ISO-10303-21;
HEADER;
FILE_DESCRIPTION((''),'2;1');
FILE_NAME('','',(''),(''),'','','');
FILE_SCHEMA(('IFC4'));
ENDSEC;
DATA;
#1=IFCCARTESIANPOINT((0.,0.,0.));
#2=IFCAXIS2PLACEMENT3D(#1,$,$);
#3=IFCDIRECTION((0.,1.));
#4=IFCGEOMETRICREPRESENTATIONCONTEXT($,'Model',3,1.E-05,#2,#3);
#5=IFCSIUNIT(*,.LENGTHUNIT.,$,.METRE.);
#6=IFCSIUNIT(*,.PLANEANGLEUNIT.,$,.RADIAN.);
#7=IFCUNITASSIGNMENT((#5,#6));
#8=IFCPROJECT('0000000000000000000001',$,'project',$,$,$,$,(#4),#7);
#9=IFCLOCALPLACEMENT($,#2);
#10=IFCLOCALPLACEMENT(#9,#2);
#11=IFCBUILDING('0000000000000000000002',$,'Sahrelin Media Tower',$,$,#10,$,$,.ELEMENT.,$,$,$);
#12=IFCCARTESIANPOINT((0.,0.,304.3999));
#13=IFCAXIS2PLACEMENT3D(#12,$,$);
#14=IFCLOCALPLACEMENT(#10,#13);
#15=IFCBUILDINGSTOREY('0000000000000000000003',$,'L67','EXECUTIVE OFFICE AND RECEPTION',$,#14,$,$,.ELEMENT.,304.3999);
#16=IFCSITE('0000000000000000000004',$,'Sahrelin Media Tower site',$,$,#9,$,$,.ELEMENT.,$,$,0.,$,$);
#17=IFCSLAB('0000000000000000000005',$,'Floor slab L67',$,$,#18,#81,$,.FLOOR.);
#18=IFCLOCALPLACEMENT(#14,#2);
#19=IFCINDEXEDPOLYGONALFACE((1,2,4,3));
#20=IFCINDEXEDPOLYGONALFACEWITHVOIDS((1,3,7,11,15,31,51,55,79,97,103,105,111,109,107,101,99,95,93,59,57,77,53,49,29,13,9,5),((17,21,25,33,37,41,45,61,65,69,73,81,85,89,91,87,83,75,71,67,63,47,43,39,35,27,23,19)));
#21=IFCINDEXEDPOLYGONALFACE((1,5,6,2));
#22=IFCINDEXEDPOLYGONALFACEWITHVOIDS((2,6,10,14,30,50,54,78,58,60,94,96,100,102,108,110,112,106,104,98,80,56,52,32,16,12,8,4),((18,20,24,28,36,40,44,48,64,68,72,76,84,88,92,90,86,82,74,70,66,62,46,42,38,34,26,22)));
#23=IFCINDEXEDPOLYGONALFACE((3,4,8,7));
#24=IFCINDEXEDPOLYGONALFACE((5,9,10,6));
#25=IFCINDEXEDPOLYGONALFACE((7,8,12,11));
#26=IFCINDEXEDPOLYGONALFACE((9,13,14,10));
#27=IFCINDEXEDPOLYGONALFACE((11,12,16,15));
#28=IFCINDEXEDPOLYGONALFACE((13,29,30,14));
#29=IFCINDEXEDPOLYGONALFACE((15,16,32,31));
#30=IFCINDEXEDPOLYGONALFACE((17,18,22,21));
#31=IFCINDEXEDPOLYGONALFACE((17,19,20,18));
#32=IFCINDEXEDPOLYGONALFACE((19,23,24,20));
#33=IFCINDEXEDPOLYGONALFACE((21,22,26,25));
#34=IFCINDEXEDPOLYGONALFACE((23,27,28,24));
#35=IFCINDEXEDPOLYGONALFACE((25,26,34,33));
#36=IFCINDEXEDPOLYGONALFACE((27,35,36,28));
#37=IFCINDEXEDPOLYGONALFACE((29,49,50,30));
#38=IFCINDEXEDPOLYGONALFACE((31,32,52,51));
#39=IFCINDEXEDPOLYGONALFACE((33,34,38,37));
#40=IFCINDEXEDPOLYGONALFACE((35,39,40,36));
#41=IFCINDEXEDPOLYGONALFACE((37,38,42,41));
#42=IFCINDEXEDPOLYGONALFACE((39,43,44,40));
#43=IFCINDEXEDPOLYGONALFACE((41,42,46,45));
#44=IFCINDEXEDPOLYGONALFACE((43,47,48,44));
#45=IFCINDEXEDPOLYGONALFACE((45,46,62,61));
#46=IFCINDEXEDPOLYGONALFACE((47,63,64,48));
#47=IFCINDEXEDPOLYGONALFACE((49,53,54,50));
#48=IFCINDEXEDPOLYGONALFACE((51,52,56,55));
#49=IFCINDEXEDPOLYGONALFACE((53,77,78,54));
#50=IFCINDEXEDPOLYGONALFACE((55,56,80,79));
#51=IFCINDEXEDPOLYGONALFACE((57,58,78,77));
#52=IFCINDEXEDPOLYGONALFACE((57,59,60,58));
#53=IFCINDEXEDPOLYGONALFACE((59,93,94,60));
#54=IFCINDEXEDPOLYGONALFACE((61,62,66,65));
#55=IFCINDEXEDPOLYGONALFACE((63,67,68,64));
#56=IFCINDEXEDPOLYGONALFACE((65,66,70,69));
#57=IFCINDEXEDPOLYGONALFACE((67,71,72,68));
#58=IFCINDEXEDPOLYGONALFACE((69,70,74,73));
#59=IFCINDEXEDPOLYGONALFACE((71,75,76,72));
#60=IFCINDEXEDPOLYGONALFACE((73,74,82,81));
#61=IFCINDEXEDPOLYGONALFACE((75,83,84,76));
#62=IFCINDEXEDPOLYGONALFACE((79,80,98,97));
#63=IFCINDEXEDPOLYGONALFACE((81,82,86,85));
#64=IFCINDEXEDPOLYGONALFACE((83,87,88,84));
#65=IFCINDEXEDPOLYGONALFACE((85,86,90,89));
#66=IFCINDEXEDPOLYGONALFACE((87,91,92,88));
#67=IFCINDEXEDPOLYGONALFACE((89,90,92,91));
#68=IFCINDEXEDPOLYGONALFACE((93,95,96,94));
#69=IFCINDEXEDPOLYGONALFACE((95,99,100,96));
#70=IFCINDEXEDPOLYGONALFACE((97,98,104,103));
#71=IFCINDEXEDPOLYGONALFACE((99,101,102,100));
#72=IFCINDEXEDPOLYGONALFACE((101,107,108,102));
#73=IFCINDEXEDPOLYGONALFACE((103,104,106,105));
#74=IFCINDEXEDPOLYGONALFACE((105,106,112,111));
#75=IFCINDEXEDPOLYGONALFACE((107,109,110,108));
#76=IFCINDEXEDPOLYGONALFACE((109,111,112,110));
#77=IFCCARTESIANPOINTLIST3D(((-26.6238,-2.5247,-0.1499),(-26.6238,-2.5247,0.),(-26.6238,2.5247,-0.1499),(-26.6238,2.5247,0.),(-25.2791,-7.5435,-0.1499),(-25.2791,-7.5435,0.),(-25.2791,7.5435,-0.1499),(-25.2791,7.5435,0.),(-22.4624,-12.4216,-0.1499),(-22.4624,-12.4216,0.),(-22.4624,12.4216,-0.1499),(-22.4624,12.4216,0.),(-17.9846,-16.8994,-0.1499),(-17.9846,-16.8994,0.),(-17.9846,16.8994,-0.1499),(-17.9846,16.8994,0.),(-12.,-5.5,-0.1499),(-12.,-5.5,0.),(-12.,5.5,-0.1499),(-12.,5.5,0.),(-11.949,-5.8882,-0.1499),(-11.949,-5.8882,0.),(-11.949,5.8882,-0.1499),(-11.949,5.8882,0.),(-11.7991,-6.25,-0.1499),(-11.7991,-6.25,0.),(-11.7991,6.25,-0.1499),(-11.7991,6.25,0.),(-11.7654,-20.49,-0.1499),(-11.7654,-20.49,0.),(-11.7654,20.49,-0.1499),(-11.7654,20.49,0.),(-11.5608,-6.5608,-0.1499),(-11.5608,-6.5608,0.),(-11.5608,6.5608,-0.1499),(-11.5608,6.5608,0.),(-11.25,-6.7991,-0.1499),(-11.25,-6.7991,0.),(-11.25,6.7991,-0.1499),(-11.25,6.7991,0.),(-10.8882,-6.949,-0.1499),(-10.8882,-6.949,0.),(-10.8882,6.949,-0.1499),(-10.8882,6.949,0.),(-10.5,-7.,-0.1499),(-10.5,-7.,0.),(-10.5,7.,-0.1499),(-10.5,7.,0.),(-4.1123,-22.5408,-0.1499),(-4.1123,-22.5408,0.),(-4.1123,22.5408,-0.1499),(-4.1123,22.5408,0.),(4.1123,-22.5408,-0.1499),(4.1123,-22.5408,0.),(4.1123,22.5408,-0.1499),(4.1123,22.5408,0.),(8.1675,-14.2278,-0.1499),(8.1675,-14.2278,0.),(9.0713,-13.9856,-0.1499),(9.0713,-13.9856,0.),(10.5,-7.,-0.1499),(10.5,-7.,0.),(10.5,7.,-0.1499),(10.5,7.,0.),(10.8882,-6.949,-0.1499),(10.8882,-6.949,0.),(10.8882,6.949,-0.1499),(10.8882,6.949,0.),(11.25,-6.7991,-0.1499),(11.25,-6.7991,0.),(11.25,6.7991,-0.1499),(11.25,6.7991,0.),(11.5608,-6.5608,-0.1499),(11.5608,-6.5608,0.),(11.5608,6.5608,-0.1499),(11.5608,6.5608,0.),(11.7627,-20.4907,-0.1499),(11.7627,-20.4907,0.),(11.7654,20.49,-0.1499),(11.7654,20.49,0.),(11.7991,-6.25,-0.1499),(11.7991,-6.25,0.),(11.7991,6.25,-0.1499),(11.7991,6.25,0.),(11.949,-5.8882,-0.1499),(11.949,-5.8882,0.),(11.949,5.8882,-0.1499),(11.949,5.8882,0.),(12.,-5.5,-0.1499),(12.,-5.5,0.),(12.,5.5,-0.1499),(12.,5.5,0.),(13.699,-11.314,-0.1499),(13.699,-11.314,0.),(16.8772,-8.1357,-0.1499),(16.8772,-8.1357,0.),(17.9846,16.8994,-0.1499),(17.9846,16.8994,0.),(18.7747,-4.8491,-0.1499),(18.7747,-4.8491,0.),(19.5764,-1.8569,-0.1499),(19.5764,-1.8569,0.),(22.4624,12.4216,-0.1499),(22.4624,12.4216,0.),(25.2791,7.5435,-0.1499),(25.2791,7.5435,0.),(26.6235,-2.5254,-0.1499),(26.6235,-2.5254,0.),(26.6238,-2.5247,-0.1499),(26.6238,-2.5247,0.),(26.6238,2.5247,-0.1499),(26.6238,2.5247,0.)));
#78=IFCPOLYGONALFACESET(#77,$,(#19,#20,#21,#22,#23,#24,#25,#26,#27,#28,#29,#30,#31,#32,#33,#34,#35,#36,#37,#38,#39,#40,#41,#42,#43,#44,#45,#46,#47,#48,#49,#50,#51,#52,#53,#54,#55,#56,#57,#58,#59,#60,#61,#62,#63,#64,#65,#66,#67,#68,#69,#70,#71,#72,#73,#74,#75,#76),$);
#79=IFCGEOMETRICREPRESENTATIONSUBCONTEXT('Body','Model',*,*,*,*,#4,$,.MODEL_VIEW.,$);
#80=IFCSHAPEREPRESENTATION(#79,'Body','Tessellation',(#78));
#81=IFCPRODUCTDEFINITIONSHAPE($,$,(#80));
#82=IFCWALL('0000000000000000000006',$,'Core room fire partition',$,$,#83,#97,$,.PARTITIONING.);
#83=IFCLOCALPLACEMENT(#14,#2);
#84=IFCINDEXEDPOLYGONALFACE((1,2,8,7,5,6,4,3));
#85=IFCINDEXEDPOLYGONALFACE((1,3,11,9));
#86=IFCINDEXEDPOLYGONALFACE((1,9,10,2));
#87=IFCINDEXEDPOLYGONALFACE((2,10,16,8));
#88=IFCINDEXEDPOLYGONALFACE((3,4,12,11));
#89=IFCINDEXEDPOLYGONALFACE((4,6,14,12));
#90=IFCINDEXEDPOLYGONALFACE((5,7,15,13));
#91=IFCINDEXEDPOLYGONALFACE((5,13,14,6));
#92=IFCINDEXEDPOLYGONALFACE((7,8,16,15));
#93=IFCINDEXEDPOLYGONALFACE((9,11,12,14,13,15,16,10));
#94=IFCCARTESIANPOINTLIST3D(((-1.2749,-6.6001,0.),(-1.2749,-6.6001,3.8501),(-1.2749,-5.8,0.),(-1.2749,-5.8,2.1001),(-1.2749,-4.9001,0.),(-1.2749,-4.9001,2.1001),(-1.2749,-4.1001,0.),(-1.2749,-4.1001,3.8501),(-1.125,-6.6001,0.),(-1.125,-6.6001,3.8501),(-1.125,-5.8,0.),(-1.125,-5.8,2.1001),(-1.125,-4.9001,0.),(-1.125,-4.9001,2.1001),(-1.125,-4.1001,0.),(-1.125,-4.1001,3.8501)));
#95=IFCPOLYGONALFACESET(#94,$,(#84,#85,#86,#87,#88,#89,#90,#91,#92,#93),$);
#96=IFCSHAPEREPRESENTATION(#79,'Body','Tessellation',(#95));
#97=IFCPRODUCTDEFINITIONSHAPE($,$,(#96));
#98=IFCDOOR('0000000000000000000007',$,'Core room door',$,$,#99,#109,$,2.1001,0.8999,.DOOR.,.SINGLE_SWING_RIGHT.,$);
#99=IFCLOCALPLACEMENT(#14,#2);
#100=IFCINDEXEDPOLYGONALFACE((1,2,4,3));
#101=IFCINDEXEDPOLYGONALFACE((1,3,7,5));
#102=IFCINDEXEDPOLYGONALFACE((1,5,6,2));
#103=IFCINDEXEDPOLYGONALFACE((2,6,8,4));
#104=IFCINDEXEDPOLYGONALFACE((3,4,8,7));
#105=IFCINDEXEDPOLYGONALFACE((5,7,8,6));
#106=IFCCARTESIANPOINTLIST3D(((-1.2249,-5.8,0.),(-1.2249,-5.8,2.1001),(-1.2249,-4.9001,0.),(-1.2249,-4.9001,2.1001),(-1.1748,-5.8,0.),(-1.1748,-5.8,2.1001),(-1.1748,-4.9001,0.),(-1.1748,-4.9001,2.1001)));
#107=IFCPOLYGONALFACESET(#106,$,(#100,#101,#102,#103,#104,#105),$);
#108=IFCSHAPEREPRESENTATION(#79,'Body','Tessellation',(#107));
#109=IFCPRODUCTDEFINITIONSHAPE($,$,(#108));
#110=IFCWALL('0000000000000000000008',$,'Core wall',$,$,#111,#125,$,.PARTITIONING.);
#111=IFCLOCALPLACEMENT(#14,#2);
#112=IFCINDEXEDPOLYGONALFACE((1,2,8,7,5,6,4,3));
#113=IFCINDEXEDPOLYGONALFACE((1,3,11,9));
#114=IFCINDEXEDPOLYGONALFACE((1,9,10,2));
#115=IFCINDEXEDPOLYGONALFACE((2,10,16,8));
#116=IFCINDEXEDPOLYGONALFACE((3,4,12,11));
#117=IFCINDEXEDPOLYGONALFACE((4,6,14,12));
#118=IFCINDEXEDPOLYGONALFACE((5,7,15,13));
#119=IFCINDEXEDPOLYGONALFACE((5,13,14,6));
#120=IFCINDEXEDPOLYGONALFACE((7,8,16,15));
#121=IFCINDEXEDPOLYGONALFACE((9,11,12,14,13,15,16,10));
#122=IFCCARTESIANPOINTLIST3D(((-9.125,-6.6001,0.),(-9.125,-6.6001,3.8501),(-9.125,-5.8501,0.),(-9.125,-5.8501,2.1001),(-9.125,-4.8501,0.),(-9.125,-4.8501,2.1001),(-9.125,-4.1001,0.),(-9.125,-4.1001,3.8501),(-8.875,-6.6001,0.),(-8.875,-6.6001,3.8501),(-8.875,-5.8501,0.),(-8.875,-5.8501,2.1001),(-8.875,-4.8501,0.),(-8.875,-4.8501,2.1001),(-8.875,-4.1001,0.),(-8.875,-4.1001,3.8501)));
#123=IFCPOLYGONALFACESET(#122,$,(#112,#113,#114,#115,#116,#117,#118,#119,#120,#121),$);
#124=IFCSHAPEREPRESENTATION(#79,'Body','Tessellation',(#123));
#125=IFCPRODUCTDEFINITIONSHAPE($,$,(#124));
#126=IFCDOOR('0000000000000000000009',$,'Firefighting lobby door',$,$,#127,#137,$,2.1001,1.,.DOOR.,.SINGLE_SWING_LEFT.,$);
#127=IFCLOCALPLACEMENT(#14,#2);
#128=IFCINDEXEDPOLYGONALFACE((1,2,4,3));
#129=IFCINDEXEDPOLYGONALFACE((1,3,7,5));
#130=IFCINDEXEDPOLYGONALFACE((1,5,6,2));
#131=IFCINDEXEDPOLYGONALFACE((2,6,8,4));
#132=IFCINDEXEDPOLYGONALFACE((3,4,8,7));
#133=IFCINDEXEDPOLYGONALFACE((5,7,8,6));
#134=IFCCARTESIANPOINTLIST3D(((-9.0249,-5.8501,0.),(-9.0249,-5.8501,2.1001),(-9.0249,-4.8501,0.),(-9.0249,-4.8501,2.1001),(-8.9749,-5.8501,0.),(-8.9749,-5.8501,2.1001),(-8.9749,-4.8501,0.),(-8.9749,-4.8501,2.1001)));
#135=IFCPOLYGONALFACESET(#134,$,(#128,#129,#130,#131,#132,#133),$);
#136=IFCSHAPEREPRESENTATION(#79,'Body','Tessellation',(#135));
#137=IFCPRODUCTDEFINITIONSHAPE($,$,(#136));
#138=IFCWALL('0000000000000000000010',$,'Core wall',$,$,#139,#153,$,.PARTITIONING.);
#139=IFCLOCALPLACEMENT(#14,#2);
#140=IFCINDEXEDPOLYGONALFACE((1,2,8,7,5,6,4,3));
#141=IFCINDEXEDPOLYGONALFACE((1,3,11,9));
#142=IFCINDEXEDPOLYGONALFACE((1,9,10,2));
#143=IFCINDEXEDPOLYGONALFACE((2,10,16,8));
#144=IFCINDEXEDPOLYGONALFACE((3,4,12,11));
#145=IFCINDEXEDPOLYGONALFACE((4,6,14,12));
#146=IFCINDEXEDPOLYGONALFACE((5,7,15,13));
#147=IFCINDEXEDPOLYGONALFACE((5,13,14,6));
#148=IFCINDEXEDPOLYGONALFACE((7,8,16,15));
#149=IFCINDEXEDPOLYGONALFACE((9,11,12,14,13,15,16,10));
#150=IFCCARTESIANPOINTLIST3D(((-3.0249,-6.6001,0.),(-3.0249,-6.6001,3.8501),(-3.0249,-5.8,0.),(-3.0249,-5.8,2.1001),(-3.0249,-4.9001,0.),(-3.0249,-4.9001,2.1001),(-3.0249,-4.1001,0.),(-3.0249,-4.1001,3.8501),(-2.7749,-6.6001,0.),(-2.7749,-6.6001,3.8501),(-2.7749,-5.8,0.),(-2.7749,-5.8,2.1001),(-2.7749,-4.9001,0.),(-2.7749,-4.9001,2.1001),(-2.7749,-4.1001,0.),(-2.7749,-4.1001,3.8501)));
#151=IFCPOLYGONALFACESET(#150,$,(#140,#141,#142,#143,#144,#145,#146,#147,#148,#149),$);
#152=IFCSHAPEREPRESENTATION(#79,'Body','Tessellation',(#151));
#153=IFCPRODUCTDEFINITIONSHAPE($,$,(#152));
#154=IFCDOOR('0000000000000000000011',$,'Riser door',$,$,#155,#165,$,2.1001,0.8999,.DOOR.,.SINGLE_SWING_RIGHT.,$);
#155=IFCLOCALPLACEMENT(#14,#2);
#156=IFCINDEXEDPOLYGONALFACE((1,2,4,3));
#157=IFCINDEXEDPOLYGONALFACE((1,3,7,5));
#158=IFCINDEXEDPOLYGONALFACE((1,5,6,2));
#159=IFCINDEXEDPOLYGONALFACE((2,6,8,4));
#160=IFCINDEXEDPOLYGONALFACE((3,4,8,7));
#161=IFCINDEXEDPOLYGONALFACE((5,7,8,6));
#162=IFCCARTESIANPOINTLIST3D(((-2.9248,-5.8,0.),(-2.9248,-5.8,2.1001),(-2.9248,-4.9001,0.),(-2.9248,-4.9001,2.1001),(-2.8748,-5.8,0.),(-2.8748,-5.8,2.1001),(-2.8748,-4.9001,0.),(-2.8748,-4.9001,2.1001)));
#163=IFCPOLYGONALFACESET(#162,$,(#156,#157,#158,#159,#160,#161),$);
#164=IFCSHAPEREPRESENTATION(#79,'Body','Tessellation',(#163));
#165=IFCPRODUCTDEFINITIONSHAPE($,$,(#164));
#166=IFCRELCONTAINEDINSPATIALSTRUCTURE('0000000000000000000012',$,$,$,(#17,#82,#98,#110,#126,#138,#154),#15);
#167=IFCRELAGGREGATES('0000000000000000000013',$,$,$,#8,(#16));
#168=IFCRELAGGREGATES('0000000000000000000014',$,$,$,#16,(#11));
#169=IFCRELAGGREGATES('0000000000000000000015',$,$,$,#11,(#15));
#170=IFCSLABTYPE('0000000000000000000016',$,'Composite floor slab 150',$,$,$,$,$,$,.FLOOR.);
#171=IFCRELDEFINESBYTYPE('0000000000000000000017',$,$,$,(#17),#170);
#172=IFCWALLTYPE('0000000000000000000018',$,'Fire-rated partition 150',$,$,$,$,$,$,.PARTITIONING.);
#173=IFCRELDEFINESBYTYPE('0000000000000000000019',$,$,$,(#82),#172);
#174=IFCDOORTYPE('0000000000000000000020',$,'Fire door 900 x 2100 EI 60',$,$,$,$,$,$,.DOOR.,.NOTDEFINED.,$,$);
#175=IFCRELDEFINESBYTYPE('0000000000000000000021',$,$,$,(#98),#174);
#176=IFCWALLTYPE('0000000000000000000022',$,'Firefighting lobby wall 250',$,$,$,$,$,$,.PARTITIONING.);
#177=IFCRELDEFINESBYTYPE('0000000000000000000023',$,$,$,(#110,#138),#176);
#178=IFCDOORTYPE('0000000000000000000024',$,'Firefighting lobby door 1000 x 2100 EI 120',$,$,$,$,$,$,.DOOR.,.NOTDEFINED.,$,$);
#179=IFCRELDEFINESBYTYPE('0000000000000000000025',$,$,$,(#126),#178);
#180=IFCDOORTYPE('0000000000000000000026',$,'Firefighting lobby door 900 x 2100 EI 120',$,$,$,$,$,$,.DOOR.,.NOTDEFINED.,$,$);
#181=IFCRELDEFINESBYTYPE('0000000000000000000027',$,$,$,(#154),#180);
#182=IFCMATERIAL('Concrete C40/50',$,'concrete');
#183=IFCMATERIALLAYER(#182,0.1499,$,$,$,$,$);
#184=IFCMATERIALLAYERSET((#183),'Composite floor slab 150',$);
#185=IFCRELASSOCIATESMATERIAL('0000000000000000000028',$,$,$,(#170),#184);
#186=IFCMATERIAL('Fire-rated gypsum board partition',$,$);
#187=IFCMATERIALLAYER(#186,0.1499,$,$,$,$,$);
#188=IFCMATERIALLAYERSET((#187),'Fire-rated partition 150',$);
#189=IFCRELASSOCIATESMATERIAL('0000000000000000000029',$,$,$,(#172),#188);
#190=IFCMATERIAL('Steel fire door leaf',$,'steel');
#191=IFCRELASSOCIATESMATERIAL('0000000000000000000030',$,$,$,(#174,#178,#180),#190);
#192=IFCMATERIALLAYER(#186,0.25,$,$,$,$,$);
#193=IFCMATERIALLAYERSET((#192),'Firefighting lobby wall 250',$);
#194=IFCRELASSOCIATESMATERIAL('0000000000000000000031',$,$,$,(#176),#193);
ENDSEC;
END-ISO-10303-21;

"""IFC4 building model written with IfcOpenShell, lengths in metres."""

from ifc_helpers import new_model, si_unit, direction, frame, frame_2d, origin, place, context, subcontext, project, spatial, polyline, rectangle, outline, extrude, material, layer, layer_set, type_object, element, fill, save


model = new_model("IFC4")

# Units and contexts
model_context = context("Model", 3, precision=1e-05, world=origin(), true_north=direction((0.0, 1.0)))
body_context = subcontext(model_context, "Body", "Model", "MODEL_VIEW")
ifc_project = project(units=[si_unit("LENGTHUNIT", "METRE"), si_unit("PLANEANGLEUNIT", "RADIAN")], contexts=[model_context])

# Site, building, storey
site_placement = place(None, origin())
site = spatial("IfcSite", under=ifc_project, at=site_placement, Name="Sahrelin Media Tower site", CompositionType="ELEMENT", RefElevation=0.0)
building_placement = place(site_placement, origin())
building = spatial("IfcBuilding", under=site, at=building_placement, Name="Sahrelin Media Tower", CompositionType="ELEMENT")
storey_placement = place(building_placement, frame((0.0, 0.0, 304.3999)))
storey = spatial("IfcBuildingStorey", under=building, at=storey_placement, Name="L67", Description="EXECUTIVE OFFICE AND RECEPTION", CompositionType="ELEMENT", Elevation=304.3999)

# Slab
ifc_material_1 = material(Name="Concrete C40/50", Category="concrete")
ifc_layer_1 = layer(ifc_material_1, 0.1499)
ifc_layer_set_1 = layer_set([ifc_layer_1], Name="Composite floor slab 150")
slab_type = type_object("IfcSlabType", Name="Composite floor slab 150", PredefinedType="FLOOR", material=ifc_layer_set_1)
slab_placement = place(storey_placement, frame((0.0, 0.0, -0.1499)))
element("IfcSlab", 1, at=slab_placement, inside=storey, type_object=slab_type, Name="Floor slab L67", PredefinedType="FLOOR", context=body_context, shape_type="SweptSolid", body=[
    extrude(outline(polyline([(26.6235, -2.5254), (26.6238, -2.5247), (26.6238, 2.5247), (25.2791, 7.5435), (22.4624, 12.4216), (17.9846, 16.8994), (11.7654, 20.49), (4.1123, 22.5408), (-4.1123, 22.5408), (-11.7654, 20.49), (-17.9846, 16.8994), (-22.4624, 12.4216), (-25.2791, 7.5435), (-26.6238, 2.5247), (-26.6238, -2.5247), (-25.2791, -7.5435), (-22.4624, -12.4216), (-17.9846, -16.8994), (-11.7654, -20.49), (-4.1123, -22.5408), (4.1123, -22.5408), (11.7627, -20.4907), (8.1675, -14.2278), (9.0713, -13.9856), (13.699, -11.314), (16.8772, -8.1357), (18.7747, -4.8491), (19.5764, -1.8569), (26.6235, -2.5254)]), holes=[polyline([(11.7991, 6.25), (11.949, 5.8882), (12.0, 5.5), (12.0, -5.5), (11.949, -5.8882), (11.7991, -6.25), (11.5608, -6.5608), (11.25, -6.7991), (10.8882, -6.949), (10.5, -7.0), (-10.5, -7.0), (-10.8882, -6.949), (-11.25, -6.7991), (-11.5608, -6.5608), (-11.7991, -6.25), (-11.949, -5.8882), (-12.0, -5.5), (-12.0, 5.5), (-11.949, 5.8882), (-11.7991, 6.25), (-11.5608, 6.5608), (-11.25, 6.7991), (-10.8882, 6.949), (-10.5, 7.0), (10.5, 7.0), (10.8882, 6.949), (11.25, 6.7991), (11.5608, 6.5608), (11.7991, 6.25)])]), origin(), (0.0, 0.0, 1.0), 0.1499),
])

# Walls, openings, doors
ifc_material_2 = material(Name="Fire-rated gypsum board partition")
ifc_layer_2 = layer(ifc_material_2, 0.1499)
ifc_layer_set_2 = layer_set([ifc_layer_2], Name="Fire-rated partition 150")
wall_type_1 = type_object("IfcWallType", Name="Fire-rated partition 150", PredefinedType="PARTITIONING", material=ifc_layer_set_2)
wall_1_placement = place(storey_placement, frame((-1.2, -6.6001, 0.0), z_axis=(0.0, 0.0, 1.0), x_axis=(0.0, 1.0, 0.0)))
wall_1 = element("IfcWall", 2, at=wall_1_placement, inside=storey, type_object=wall_type_1, Name="Core room fire partition", PredefinedType="PARTITIONING", context=body_context, shape_type="SweptSolid", body=[
    extrude(rectangle(XDim=2.5, YDim=0.1499, at=frame_2d((1.25, 0.0))), origin(), (0.0, 0.0, 1.0), 3.8501),
])
opening_1_placement = place(wall_1_placement, frame((0.8, 0.0, 0.0)))
opening_1 = element("IfcOpeningElement", 3, at=opening_1_placement, cuts=wall_1, PredefinedType="OPENING", context=body_context, shape_type="SweptSolid", body=[
    extrude(rectangle(XDim=0.8999, YDim=2.1001, at=frame_2d((0.45, 1.05))), frame((0.0, 0.075, 0.0), z_axis=(0.0, -1.0, 0.0), x_axis=(1.0, 0.0, 0.0)), (0.0, 0.0, 1.0), 0.1499),
])
ifc_material_3 = material(Name="Steel fire door leaf", Category="steel")
door_type_1 = type_object("IfcDoorType", Name="Fire door 900 x 2100 EI 60", OperationType="NOTDEFINED", PredefinedType="DOOR", material=ifc_material_3)
door_1_placement = place(opening_1_placement, origin())
door_1 = element("IfcDoor", 4, at=door_1_placement, inside=storey, type_object=door_type_1, Name="Core room door", OperationType="SINGLE_SWING_RIGHT", OverallHeight=2.1001, OverallWidth=0.8999, PredefinedType="DOOR", context=body_context, shape_type="SweptSolid", body=[
    extrude(rectangle(XDim=0.8999, YDim=2.1001, at=frame_2d((0.45, 1.05))), frame((0.0, 0.0249, 0.0), z_axis=(0.0, -1.0, 0.0), x_axis=(1.0, 0.0, 0.0)), (0.0, 0.0, 1.0), 0.05),
])
fill(opening_1, door_1)
ifc_layer_3 = layer(ifc_material_2, 0.25)
ifc_layer_set_3 = layer_set([ifc_layer_3], Name="Firefighting lobby wall 250")
wall_type_2 = type_object("IfcWallType", Name="Firefighting lobby wall 250", PredefinedType="PARTITIONING", material=ifc_layer_set_3)
wall_2_placement = place(storey_placement, frame((-9.0, -6.6001, 0.0), z_axis=(0.0, 0.0, 1.0), x_axis=(0.0, 1.0, 0.0)))
wall_2 = element("IfcWall", 5, at=wall_2_placement, inside=storey, type_object=wall_type_2, Name="Core wall", PredefinedType="PARTITIONING", context=body_context, shape_type="SweptSolid", body=[
    extrude(rectangle(XDim=2.5, YDim=0.25, at=frame_2d((1.25, 0.0))), origin(), (0.0, 0.0, 1.0), 3.8501),
])
opening_2_placement = place(wall_2_placement, frame((0.75, 0.0, 0.0)))
opening_2 = element("IfcOpeningElement", 6, at=opening_2_placement, cuts=wall_2, PredefinedType="OPENING", context=body_context, shape_type="SweptSolid", body=[
    extrude(rectangle(XDim=1.0, YDim=2.1001, at=frame_2d((0.5, 1.05))), frame((0.0, 0.125, 0.0), z_axis=(0.0, -1.0, 0.0), x_axis=(1.0, 0.0, 0.0)), (0.0, 0.0, 1.0), 0.25),
])
door_type_2 = type_object("IfcDoorType", Name="Firefighting lobby door 1000 x 2100 EI 120", OperationType="NOTDEFINED", PredefinedType="DOOR", material=ifc_material_3)
door_2_placement = place(opening_2_placement, origin())
door_2 = element("IfcDoor", 7, at=door_2_placement, inside=storey, type_object=door_type_2, Name="Firefighting lobby door", OperationType="SINGLE_SWING_LEFT", OverallHeight=2.1001, OverallWidth=1.0, PredefinedType="DOOR", context=body_context, shape_type="SweptSolid", body=[
    extrude(rectangle(XDim=1.0, YDim=2.1001, at=frame_2d((0.5, 1.05))), frame((0.0, 0.0249, 0.0), z_axis=(0.0, -1.0, 0.0), x_axis=(1.0, 0.0, 0.0)), (0.0, 0.0, 1.0), 0.05),
])
fill(opening_2, door_2)
wall_3_placement = place(storey_placement, frame((-2.8999, -6.6001, 0.0), z_axis=(0.0, 0.0, 1.0), x_axis=(0.0, 1.0, 0.0)))
wall_3 = element("IfcWall", 8, at=wall_3_placement, inside=storey, type_object=wall_type_2, Name="Core wall", PredefinedType="PARTITIONING", context=body_context, shape_type="SweptSolid", body=[
    extrude(rectangle(XDim=2.5, YDim=0.25, at=frame_2d((1.25, 0.0))), origin(), (0.0, 0.0, 1.0), 3.8501),
])
opening_3_placement = place(wall_3_placement, frame((0.8, 0.0, 0.0)))
opening_3 = element("IfcOpeningElement", 9, at=opening_3_placement, cuts=wall_3, PredefinedType="OPENING", context=body_context, shape_type="SweptSolid", body=[
    extrude(rectangle(XDim=0.8999, YDim=2.1001, at=frame_2d((0.45, 1.05))), frame((0.0, 0.125, 0.0), z_axis=(0.0, -1.0, 0.0), x_axis=(1.0, 0.0, 0.0)), (0.0, 0.0, 1.0), 0.25),
])
door_type_3 = type_object("IfcDoorType", Name="Firefighting lobby door 900 x 2100 EI 120", OperationType="NOTDEFINED", PredefinedType="DOOR", material=ifc_material_3)
door_3_placement = place(opening_3_placement, origin())
door_3 = element("IfcDoor", 10, at=door_3_placement, inside=storey, type_object=door_type_3, Name="Riser door", OperationType="SINGLE_SWING_RIGHT", OverallHeight=2.1001, OverallWidth=0.8999, PredefinedType="DOOR", context=body_context, shape_type="SweptSolid", body=[
    extrude(rectangle(XDim=0.8999, YDim=2.1001, at=frame_2d((0.45, 1.05))), frame((0.0, 0.0249, 0.0), z_axis=(0.0, -1.0, 0.0), x_axis=(1.0, 0.0, 0.0)), (0.0, 0.0, 1.0), 0.05),
])
fill(opening_3, door_3)

save(model, "model.ifc")
